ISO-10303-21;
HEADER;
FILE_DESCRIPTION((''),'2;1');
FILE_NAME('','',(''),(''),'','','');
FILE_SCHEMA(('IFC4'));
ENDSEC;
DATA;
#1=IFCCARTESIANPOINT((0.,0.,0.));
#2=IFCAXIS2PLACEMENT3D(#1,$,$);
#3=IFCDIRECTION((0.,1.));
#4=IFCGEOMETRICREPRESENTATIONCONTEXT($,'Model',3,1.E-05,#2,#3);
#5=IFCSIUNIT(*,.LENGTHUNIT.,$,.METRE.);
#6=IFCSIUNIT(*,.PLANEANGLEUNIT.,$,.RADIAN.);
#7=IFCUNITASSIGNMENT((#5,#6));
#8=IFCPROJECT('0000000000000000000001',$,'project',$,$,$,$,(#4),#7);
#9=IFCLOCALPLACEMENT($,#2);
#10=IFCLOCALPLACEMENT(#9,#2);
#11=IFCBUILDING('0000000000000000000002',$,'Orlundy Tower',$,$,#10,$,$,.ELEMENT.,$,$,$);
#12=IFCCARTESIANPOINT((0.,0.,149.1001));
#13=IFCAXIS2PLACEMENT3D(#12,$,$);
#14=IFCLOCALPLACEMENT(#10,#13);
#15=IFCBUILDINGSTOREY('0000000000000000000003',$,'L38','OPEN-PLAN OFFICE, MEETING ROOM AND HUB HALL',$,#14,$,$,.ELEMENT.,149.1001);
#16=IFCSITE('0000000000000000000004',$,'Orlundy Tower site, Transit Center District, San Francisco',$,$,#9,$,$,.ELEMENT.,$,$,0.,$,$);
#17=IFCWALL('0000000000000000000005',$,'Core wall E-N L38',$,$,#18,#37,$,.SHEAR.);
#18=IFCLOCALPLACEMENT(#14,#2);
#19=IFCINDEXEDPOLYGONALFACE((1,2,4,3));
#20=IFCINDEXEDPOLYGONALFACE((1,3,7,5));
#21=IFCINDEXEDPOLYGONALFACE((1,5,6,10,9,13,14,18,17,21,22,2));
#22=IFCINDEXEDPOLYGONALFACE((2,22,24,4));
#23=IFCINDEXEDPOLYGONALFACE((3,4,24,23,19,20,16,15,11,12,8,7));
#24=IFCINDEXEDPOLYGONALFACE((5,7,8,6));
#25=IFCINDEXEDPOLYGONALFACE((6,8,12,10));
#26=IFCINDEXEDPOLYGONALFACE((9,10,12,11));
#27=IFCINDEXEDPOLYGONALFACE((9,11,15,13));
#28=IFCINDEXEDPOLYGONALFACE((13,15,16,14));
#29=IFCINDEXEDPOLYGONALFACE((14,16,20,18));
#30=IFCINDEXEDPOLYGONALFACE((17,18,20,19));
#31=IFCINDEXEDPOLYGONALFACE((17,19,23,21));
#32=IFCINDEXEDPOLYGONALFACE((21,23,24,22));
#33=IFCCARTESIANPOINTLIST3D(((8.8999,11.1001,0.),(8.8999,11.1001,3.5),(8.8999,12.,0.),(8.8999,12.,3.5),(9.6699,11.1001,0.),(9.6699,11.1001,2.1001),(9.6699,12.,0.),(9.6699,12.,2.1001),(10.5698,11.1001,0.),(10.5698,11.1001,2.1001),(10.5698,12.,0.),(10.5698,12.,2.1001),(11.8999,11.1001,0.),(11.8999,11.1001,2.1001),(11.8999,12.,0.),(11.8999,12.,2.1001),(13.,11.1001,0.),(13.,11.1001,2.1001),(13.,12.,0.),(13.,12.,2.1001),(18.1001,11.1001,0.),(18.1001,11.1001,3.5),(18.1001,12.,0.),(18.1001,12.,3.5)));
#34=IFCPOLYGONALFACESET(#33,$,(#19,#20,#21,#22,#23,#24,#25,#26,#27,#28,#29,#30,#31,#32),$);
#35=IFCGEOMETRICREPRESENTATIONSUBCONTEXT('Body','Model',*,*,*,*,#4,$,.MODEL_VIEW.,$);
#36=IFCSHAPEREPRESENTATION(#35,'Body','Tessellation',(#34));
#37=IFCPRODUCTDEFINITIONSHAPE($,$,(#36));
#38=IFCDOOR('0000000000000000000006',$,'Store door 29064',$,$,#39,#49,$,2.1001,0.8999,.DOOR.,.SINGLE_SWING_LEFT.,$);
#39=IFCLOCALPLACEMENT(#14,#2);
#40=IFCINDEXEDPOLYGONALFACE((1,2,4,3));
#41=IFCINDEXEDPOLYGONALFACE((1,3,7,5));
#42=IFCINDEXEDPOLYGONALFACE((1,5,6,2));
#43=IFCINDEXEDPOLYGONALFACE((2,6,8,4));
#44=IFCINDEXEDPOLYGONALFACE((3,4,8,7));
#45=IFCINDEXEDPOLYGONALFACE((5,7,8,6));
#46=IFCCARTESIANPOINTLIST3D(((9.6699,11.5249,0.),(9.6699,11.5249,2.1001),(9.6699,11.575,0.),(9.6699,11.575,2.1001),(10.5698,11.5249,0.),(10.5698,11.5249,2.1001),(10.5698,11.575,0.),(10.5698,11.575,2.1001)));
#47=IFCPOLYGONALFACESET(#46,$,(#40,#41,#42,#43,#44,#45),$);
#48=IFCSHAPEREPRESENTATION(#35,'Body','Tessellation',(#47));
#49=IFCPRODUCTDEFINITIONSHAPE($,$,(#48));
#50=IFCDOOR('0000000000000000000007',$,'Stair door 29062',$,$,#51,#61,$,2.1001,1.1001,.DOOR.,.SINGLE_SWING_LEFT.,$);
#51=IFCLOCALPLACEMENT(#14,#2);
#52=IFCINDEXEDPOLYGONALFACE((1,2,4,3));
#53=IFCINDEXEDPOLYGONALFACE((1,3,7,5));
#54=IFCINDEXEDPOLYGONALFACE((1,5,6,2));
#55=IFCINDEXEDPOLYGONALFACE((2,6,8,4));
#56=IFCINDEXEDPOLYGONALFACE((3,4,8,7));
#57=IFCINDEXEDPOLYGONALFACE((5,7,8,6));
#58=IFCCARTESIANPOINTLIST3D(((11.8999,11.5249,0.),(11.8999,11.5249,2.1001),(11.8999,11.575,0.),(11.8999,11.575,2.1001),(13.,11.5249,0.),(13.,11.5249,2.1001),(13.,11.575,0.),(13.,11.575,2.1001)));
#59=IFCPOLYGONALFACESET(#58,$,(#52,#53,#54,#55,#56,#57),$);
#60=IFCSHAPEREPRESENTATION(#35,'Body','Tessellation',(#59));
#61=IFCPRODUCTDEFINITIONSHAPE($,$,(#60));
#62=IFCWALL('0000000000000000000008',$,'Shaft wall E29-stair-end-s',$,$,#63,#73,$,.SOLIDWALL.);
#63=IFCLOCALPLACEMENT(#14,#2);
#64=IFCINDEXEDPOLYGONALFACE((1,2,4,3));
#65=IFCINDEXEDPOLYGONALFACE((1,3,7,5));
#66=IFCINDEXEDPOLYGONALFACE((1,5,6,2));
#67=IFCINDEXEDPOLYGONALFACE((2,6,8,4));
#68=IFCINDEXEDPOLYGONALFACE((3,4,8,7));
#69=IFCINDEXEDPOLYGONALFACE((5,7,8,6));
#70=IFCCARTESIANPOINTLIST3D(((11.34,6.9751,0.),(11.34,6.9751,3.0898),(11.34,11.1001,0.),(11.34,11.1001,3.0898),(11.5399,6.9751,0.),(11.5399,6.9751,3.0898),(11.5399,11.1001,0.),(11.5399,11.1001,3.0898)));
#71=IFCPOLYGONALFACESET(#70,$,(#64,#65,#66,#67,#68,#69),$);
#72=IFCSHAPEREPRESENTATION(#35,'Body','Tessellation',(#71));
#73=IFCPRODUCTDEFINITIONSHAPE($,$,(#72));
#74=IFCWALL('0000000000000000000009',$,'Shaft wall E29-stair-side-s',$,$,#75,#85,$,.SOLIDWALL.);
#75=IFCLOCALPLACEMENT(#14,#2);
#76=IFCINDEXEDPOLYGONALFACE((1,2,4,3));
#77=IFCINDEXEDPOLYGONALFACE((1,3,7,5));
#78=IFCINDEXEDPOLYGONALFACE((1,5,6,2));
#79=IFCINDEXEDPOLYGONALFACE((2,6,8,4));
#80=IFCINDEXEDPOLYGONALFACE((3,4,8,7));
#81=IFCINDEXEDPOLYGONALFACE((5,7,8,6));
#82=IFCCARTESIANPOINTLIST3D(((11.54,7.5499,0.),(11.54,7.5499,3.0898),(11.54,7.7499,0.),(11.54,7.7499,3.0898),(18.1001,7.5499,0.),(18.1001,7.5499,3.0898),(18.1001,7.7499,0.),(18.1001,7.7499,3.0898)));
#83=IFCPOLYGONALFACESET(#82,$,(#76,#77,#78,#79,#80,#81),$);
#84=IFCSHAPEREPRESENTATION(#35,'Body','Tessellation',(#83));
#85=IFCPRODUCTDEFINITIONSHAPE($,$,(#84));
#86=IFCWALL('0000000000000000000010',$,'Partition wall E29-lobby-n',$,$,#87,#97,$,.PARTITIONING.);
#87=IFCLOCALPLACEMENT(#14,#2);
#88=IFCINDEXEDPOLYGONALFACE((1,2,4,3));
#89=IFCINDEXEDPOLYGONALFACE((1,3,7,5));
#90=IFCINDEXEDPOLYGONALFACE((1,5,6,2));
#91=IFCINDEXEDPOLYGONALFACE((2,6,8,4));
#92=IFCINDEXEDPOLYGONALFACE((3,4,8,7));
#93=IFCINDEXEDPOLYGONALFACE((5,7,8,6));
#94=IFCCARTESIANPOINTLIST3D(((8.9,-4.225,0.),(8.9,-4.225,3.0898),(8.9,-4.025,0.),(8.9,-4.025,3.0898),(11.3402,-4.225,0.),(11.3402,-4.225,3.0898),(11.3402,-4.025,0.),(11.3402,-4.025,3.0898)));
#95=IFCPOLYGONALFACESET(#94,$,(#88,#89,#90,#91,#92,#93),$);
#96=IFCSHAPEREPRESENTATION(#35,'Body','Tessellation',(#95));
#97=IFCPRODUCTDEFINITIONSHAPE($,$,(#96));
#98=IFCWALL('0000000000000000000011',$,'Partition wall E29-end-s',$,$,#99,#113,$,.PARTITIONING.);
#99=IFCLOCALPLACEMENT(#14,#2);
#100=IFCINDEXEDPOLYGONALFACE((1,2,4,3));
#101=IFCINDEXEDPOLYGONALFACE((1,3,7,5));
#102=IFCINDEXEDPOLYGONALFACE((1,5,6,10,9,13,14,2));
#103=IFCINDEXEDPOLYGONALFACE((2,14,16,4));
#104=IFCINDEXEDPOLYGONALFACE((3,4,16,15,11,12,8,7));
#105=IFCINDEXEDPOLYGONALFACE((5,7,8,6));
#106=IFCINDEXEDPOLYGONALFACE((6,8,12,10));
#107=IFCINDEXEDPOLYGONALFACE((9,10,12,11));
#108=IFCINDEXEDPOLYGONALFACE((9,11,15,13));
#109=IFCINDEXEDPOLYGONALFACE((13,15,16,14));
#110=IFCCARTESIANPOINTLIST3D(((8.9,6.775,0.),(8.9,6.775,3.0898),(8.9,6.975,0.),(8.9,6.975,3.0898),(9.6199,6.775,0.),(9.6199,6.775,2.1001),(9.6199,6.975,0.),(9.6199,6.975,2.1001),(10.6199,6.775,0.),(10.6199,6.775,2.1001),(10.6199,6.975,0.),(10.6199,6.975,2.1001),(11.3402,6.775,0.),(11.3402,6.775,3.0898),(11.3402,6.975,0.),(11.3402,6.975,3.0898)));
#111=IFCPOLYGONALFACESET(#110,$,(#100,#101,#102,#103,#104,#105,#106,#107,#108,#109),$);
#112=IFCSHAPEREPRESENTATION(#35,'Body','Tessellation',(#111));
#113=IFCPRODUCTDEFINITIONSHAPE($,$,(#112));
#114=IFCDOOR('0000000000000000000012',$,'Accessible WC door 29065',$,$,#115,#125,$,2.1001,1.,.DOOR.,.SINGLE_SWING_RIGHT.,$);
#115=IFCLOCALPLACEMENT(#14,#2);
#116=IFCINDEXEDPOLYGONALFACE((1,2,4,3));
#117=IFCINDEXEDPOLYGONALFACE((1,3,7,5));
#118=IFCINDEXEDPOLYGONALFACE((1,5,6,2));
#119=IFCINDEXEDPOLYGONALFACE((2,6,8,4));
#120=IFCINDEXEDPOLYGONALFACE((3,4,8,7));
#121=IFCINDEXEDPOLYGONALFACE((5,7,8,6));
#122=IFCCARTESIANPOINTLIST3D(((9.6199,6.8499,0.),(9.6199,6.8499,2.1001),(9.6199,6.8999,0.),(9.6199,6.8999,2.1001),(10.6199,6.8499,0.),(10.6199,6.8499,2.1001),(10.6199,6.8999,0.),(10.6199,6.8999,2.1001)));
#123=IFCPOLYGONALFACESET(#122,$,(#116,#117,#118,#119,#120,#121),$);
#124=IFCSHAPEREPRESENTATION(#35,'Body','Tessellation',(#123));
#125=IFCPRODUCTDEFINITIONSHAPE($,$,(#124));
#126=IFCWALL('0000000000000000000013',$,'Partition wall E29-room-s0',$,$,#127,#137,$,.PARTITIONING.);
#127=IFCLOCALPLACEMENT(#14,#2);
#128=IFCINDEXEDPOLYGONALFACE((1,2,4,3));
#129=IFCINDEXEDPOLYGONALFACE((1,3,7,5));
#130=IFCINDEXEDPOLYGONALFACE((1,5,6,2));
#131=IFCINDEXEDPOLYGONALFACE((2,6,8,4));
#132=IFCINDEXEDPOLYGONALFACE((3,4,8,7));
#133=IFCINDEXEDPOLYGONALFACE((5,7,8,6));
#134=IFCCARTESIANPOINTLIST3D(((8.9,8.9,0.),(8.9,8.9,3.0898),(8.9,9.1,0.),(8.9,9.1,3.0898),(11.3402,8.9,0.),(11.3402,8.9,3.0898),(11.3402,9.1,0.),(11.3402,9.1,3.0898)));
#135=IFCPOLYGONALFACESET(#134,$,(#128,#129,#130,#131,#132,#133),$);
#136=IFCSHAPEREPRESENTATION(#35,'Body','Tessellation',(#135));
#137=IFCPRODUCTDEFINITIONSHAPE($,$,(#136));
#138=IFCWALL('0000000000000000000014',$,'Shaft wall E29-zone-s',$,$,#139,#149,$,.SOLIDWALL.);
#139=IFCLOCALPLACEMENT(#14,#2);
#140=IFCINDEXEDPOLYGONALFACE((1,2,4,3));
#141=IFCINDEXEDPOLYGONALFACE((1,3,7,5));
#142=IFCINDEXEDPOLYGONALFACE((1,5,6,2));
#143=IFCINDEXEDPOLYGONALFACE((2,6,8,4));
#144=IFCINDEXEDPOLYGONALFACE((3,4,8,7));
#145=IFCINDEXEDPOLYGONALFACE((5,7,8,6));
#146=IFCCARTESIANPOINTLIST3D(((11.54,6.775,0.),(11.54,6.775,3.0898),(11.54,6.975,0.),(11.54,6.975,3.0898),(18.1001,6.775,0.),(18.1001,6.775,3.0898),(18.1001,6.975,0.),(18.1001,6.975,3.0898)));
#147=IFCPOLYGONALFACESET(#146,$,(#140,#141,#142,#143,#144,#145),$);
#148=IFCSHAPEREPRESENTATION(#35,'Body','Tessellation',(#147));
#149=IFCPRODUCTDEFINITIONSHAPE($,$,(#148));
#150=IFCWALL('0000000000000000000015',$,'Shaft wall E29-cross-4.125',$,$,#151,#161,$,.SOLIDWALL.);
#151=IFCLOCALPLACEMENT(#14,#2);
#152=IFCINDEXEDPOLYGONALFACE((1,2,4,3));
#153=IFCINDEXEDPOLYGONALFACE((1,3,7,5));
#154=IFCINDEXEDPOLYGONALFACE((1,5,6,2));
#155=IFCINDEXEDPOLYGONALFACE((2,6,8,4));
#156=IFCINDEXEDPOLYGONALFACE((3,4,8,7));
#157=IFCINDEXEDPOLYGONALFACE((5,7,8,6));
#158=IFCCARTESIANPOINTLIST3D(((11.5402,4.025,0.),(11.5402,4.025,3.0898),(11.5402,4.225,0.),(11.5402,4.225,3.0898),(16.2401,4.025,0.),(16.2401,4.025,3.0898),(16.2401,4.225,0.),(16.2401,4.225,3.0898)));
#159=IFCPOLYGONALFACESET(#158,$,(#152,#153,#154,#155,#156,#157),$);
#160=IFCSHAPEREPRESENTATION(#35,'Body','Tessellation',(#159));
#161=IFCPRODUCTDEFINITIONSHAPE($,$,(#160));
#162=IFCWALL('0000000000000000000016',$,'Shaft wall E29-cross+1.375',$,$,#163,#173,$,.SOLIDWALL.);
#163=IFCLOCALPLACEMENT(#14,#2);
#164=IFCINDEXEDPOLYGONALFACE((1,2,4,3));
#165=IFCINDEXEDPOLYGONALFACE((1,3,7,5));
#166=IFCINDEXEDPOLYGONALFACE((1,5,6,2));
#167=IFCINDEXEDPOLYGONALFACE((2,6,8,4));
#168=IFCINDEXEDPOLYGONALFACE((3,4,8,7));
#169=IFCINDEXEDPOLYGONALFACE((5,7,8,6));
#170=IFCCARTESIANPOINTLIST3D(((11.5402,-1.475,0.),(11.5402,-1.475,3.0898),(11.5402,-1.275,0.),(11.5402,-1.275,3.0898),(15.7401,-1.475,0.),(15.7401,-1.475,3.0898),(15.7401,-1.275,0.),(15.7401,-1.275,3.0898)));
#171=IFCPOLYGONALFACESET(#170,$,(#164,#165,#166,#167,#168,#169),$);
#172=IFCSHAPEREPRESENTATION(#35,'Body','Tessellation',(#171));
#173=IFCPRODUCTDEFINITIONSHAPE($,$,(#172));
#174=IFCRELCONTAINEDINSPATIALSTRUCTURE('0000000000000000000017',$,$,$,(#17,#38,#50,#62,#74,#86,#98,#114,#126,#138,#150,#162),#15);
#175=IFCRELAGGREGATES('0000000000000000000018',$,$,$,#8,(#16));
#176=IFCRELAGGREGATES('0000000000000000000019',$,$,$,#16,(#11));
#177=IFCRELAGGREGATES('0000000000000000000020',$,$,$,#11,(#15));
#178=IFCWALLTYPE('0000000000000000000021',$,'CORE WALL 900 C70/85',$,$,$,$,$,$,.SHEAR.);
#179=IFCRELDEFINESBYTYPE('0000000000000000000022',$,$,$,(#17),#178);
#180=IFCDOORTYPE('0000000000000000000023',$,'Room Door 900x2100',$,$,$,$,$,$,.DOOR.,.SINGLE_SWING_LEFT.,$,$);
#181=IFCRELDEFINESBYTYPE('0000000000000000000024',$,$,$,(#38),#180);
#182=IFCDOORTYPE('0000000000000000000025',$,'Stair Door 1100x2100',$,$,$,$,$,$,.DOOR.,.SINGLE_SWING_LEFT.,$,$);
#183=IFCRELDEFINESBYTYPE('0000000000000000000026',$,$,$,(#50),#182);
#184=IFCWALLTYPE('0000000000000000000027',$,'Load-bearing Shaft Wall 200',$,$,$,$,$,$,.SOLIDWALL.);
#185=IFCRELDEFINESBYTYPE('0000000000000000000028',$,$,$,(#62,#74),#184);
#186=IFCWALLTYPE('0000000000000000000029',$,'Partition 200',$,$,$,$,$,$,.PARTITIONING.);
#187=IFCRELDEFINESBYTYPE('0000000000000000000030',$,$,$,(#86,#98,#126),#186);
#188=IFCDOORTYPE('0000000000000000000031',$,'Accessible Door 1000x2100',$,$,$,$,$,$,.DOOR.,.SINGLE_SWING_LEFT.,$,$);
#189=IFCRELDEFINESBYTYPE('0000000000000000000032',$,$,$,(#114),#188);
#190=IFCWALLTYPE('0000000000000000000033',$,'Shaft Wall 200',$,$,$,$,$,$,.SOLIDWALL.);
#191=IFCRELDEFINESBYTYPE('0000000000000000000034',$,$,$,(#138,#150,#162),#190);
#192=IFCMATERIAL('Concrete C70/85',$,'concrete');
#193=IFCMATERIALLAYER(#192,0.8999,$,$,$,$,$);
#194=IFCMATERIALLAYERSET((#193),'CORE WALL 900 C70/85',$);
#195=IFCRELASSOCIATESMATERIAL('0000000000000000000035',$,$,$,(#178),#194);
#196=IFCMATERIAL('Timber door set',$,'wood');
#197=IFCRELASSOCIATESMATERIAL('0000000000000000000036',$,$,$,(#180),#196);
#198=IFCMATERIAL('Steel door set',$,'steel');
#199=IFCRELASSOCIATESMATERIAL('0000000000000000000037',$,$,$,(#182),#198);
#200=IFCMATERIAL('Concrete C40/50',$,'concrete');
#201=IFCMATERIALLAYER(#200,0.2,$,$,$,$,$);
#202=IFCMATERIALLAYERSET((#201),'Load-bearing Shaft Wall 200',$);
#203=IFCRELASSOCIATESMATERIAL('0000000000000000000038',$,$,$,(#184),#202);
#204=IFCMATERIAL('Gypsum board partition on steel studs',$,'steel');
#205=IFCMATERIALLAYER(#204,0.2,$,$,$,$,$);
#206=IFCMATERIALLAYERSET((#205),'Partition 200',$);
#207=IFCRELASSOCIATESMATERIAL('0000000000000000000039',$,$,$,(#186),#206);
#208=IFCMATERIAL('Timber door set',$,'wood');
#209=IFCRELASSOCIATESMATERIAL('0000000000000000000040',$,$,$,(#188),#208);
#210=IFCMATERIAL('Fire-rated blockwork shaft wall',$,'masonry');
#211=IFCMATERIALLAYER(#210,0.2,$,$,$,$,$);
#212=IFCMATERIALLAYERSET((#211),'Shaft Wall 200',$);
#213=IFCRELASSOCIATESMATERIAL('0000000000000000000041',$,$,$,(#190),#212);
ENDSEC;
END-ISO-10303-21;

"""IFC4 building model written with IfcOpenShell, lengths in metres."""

from ifc_helpers import new_model, si_unit, direction, frame, frame_2d, origin, place, context, subcontext, project, spatial, rectangle, extrude, material, layer, layer_set, type_object, element, fill, save


model = new_model("IFC4")

# Units and contexts
model_context = context("Model", 3, precision=1e-05, world=origin(), true_north=direction((0.0, 1.0)))
body_context = subcontext(model_context, "Body", "Model", "MODEL_VIEW")
ifc_project = project(units=[si_unit("LENGTHUNIT", "METRE"), si_unit("PLANEANGLEUNIT", "RADIAN")], contexts=[model_context])

# Site, building, storey
site_placement = place(None, origin())
site = spatial("IfcSite", under=ifc_project, at=site_placement, Name="Orlundy Tower site, Transit Center District, San Francisco", CompositionType="ELEMENT", RefElevation=0.0)
building_placement = place(site_placement, origin())
building = spatial("IfcBuilding", under=site, at=building_placement, Name="Orlundy Tower", CompositionType="ELEMENT")
storey_placement = place(building_placement, frame((0.0, 0.0, 149.1001)))
storey = spatial("IfcBuildingStorey", under=building, at=storey_placement, Name="L38", Description="OPEN-PLAN OFFICE, MEETING ROOM AND HUB HALL", CompositionType="ELEMENT", Elevation=149.1001)

# Wall, openings, doors
ifc_material_1 = material(Name="Concrete C70/85", Category="concrete")
ifc_layer_1 = layer(ifc_material_1, 0.8999)
ifc_layer_set_1 = layer_set([ifc_layer_1], Name="CORE WALL 900 C70/85")
wall_type_1 = type_object("IfcWallType", Name="CORE WALL 900 C70/85", PredefinedType="SHEAR", material=ifc_layer_set_1)
wall_1_placement = place(storey_placement, frame((8.8999, 11.55, 0.0), z_axis=(0.0, 0.0, 1.0), x_axis=(1.0, 0.0, 0.0)))
wall_1 = element("IfcWall", 1, at=wall_1_placement, inside=storey, type_object=wall_type_1, Name="Core wall E-N L38", PredefinedType="SHEAR", context=body_context, shape_type="SweptSolid", body=[
    extrude(rectangle(XDim=9.2002, YDim=0.8999, at=frame_2d((4.6001, 0.0))), origin(), (0.0, 0.0, 1.0), 3.5),
])
opening_1_placement = place(wall_1_placement, frame((3.0, 0.0, 0.0)))
opening_1 = element("IfcOpeningElement", 2, at=opening_1_placement, cuts=wall_1, PredefinedType="OPENING", context=body_context, shape_type="SweptSolid", body=[
    extrude(rectangle(XDim=1.1001, YDim=2.1001, at=frame_2d((0.55, 1.05))), frame((0.0, 0.46, 0.0), z_axis=(0.0, -1.0, 0.0), x_axis=(1.0, 0.0, 0.0)), (0.0, 0.0, 1.0), 0.9199),
])
opening_2_placement = place(wall_1_placement, frame((0.77, 0.0, 0.0)))
opening_2 = element("IfcOpeningElement", 3, at=opening_2_placement, cuts=wall_1, PredefinedType="OPENING", context=body_context, shape_type="SweptSolid", body=[
    extrude(rectangle(XDim=0.8999, YDim=2.1001, at=frame_2d((0.45, 1.05))), frame((0.0, 0.46, 0.0), z_axis=(0.0, -1.0, 0.0), x_axis=(1.0, 0.0, 0.0)), (0.0, 0.0, 1.0), 0.9199),
])
ifc_material_2 = material(Name="Timber door set", Category="wood")
door_type_1 = type_object("IfcDoorType", Name="Room Door 900x2100", OperationType="SINGLE_SWING_LEFT", PredefinedType="DOOR", material=ifc_material_2)
door_1_placement = place(opening_2_placement, origin())
door_1 = element("IfcDoor", 4, at=door_1_placement, inside=storey, type_object=door_type_1, Name="Store door 29064", OperationType="SINGLE_SWING_LEFT", OverallHeight=2.1001, OverallWidth=0.8999, PredefinedType="DOOR", context=body_context, shape_type="SweptSolid", body=[
    extrude(rectangle(XDim=0.8999, YDim=2.1001, at=frame_2d((0.45, 1.05))), frame((0.0, 0.0249, 0.0), z_axis=(0.0, -1.0, 0.0), x_axis=(1.0, 0.0, 0.0)), (0.0, 0.0, 1.0), 0.05),
])
fill(opening_2, door_1)
ifc_material_3 = material(Name="Steel door set", Category="steel")
door_type_2 = type_object("IfcDoorType", Name="Stair Door 1100x2100", OperationType="SINGLE_SWING_LEFT", PredefinedType="DOOR", material=ifc_material_3)
door_2_placement = place(opening_1_placement, origin())
door_2 = element("IfcDoor", 5, at=door_2_placement, inside=storey, type_object=door_type_2, Name="Stair door 29062", OperationType="SINGLE_SWING_LEFT", OverallHeight=2.1001, OverallWidth=1.1001, PredefinedType="DOOR", context=body_context, shape_type="SweptSolid", body=[
    extrude(rectangle(XDim=1.1001, YDim=2.1001, at=frame_2d((0.55, 1.05))), frame((0.0, 0.0249, 0.0), z_axis=(0.0, -1.0, 0.0), x_axis=(1.0, 0.0, 0.0)), (0.0, 0.0, 1.0), 0.05),
])
fill(opening_1, door_2)

# Walls
ifc_material_4 = material(Name="Concrete C40/50", Category="concrete")
ifc_layer_2 = layer(ifc_material_4, 0.2)
ifc_layer_set_2 = layer_set([ifc_layer_2], Name="Load-bearing Shaft Wall 200")
wall_type_2 = type_object("IfcWallType", Name="Load-bearing Shaft Wall 200", PredefinedType="SOLIDWALL", material=ifc_layer_set_2)
wall_2_placement = place(storey_placement, frame((11.4399, 11.1001, 0.0), z_axis=(0.0, 0.0, 1.0), x_axis=(0.0, -1.0, 0.0)))
element("IfcWall", 6, at=wall_2_placement, inside=storey, type_object=wall_type_2, Name="Shaft wall E29-stair-end-s", PredefinedType="SOLIDWALL", context=body_context, shape_type="SweptSolid", body=[
    extrude(rectangle(XDim=4.125, YDim=0.2, at=frame_2d((2.0625, 0.0))), origin(), (0.0, 0.0, 1.0), 3.0898),
])
wall_3_placement = place(storey_placement, frame((11.54, 7.6499, 0.0), z_axis=(0.0, 0.0, 1.0), x_axis=(1.0, 0.0, 0.0)))
element("IfcWall", 7, at=wall_3_placement, inside=storey, type_object=wall_type_2, Name="Shaft wall E29-stair-side-s", PredefinedType="SOLIDWALL", context=body_context, shape_type="SweptSolid", body=[
    extrude(rectangle(XDim=6.5601, YDim=0.2, at=frame_2d((3.28, 0.0))), origin(), (0.0, 0.0, 1.0), 3.0898),
])
ifc_material_5 = material(Name="Gypsum board partition on steel studs", Category="steel")
ifc_layer_3 = layer(ifc_material_5, 0.2)
ifc_layer_set_3 = layer_set([ifc_layer_3], Name="Partition 200")
wall_type_3 = type_object("IfcWallType", Name="Partition 200", PredefinedType="PARTITIONING", material=ifc_layer_set_3)
wall_4_placement = place(storey_placement, frame((8.8999, -4.125, 0.0), z_axis=(0.0, 0.0, 1.0), x_axis=(1.0, 0.0, 0.0)))
element("IfcWall", 8, at=wall_4_placement, inside=storey, type_object=wall_type_3, Name="Partition wall E29-lobby-n", PredefinedType="PARTITIONING", context=body_context, shape_type="SweptSolid", body=[
    extrude(rectangle(XDim=2.4402, YDim=0.2, at=frame_2d((1.2202, 0.0))), origin(), (0.0, 0.0, 1.0), 3.0898),
])

# Wall, opening, door
wall_5_placement = place(storey_placement, frame((8.8999, 6.875, 0.0), z_axis=(0.0, 0.0, 1.0), x_axis=(1.0, 0.0, 0.0)))
wall_5 = element("IfcWall", 9, at=wall_5_placement, inside=storey, type_object=wall_type_3, Name="Partition wall E29-end-s", PredefinedType="PARTITIONING", context=body_context, shape_type="SweptSolid", body=[
    extrude(rectangle(XDim=2.4402, YDim=0.2, at=frame_2d((1.2202, 0.0))), origin(), (0.0, 0.0, 1.0), 3.0898),
])
opening_3_placement = place(wall_5_placement, frame((0.72, 0.0, 0.0)))
opening_3 = element("IfcOpeningElement", 10, at=opening_3_placement, cuts=wall_5, PredefinedType="OPENING", context=body_context, shape_type="SweptSolid", body=[
    extrude(rectangle(XDim=1.0, YDim=2.1001, at=frame_2d((0.5, 1.05))), frame((0.0, 0.1101, 0.0), z_axis=(0.0, -1.0, 0.0), x_axis=(1.0, 0.0, 0.0)), (0.0, 0.0, 1.0), 0.2202),
])
ifc_material_6 = material(Name="Timber door set", Category="wood")
door_type_3 = type_object("IfcDoorType", Name="Accessible Door 1000x2100", OperationType="SINGLE_SWING_LEFT", PredefinedType="DOOR", material=ifc_material_6)
door_3_placement = place(opening_3_placement, origin())
door_3 = element("IfcDoor", 11, at=door_3_placement, inside=storey, type_object=door_type_3, Name="Accessible WC door 29065", OperationType="SINGLE_SWING_RIGHT", OverallHeight=2.1001, OverallWidth=1.0, PredefinedType="DOOR", context=body_context, shape_type="SweptSolid", body=[
    extrude(rectangle(XDim=1.0, YDim=2.1001, at=frame_2d((0.5, 1.05))), frame((0.0, 0.0249, 0.0), z_axis=(0.0, -1.0, 0.0), x_axis=(1.0, 0.0, 0.0)), (0.0, 0.0, 1.0), 0.05),
])
fill(opening_3, door_3)

# Walls
wall_6_placement = place(storey_placement, frame((8.8999, 9.0, 0.0), z_axis=(0.0, 0.0, 1.0), x_axis=(1.0, 0.0, 0.0)))
element("IfcWall", 12, at=wall_6_placement, inside=storey, type_object=wall_type_3, Name="Partition wall E29-room-s0", PredefinedType="PARTITIONING", context=body_context, shape_type="SweptSolid", body=[
    extrude(rectangle(XDim=2.4402, YDim=0.2, at=frame_2d((1.2202, 0.0))), origin(), (0.0, 0.0, 1.0), 3.0898),
])
ifc_material_7 = material(Name="Fire-rated blockwork shaft wall", Category="masonry")
ifc_layer_4 = layer(ifc_material_7, 0.2)
ifc_layer_set_4 = layer_set([ifc_layer_4], Name="Shaft Wall 200")
wall_type_4 = type_object("IfcWallType", Name="Shaft Wall 200", PredefinedType="SOLIDWALL", material=ifc_layer_set_4)
wall_7_placement = place(storey_placement, frame((11.54, 6.875, 0.0), z_axis=(0.0, 0.0, 1.0), x_axis=(1.0, 0.0, 0.0)))
element("IfcWall", 13, at=wall_7_placement, inside=storey, type_object=wall_type_4, Name="Shaft wall E29-zone-s", PredefinedType="SOLIDWALL", context=body_context, shape_type="SweptSolid", body=[
    extrude(rectangle(XDim=6.5601, YDim=0.2, at=frame_2d((3.28, 0.0))), origin(), (0.0, 0.0, 1.0), 3.0898),
])
wall_8_placement = place(storey_placement, frame((11.54, 4.125, 0.0), z_axis=(0.0, 0.0, 1.0), x_axis=(1.0, 0.0, 0.0)))
element("IfcWall", 14, at=wall_8_placement, inside=storey, type_object=wall_type_4, Name="Shaft wall E29-cross-4.125", PredefinedType="SOLIDWALL", context=body_context, shape_type="SweptSolid", body=[
    extrude(rectangle(XDim=4.7, YDim=0.2, at=frame_2d((2.3501, 0.0))), origin(), (0.0, 0.0, 1.0), 3.0898),
])
wall_9_placement = place(storey_placement, frame((11.54, -1.375, 0.0), z_axis=(0.0, 0.0, 1.0), x_axis=(1.0, 0.0, 0.0)))
element("IfcWall", 15, at=wall_9_placement, inside=storey, type_object=wall_type_4, Name="Shaft wall E29-cross+1.375", PredefinedType="SOLIDWALL", context=body_context, shape_type="SweptSolid", body=[
    extrude(rectangle(XDim=4.2, YDim=0.2, at=frame_2d((2.1001, 0.0))), origin(), (0.0, 0.0, 1.0), 3.0898),
])

save(model, "model.ifc")
